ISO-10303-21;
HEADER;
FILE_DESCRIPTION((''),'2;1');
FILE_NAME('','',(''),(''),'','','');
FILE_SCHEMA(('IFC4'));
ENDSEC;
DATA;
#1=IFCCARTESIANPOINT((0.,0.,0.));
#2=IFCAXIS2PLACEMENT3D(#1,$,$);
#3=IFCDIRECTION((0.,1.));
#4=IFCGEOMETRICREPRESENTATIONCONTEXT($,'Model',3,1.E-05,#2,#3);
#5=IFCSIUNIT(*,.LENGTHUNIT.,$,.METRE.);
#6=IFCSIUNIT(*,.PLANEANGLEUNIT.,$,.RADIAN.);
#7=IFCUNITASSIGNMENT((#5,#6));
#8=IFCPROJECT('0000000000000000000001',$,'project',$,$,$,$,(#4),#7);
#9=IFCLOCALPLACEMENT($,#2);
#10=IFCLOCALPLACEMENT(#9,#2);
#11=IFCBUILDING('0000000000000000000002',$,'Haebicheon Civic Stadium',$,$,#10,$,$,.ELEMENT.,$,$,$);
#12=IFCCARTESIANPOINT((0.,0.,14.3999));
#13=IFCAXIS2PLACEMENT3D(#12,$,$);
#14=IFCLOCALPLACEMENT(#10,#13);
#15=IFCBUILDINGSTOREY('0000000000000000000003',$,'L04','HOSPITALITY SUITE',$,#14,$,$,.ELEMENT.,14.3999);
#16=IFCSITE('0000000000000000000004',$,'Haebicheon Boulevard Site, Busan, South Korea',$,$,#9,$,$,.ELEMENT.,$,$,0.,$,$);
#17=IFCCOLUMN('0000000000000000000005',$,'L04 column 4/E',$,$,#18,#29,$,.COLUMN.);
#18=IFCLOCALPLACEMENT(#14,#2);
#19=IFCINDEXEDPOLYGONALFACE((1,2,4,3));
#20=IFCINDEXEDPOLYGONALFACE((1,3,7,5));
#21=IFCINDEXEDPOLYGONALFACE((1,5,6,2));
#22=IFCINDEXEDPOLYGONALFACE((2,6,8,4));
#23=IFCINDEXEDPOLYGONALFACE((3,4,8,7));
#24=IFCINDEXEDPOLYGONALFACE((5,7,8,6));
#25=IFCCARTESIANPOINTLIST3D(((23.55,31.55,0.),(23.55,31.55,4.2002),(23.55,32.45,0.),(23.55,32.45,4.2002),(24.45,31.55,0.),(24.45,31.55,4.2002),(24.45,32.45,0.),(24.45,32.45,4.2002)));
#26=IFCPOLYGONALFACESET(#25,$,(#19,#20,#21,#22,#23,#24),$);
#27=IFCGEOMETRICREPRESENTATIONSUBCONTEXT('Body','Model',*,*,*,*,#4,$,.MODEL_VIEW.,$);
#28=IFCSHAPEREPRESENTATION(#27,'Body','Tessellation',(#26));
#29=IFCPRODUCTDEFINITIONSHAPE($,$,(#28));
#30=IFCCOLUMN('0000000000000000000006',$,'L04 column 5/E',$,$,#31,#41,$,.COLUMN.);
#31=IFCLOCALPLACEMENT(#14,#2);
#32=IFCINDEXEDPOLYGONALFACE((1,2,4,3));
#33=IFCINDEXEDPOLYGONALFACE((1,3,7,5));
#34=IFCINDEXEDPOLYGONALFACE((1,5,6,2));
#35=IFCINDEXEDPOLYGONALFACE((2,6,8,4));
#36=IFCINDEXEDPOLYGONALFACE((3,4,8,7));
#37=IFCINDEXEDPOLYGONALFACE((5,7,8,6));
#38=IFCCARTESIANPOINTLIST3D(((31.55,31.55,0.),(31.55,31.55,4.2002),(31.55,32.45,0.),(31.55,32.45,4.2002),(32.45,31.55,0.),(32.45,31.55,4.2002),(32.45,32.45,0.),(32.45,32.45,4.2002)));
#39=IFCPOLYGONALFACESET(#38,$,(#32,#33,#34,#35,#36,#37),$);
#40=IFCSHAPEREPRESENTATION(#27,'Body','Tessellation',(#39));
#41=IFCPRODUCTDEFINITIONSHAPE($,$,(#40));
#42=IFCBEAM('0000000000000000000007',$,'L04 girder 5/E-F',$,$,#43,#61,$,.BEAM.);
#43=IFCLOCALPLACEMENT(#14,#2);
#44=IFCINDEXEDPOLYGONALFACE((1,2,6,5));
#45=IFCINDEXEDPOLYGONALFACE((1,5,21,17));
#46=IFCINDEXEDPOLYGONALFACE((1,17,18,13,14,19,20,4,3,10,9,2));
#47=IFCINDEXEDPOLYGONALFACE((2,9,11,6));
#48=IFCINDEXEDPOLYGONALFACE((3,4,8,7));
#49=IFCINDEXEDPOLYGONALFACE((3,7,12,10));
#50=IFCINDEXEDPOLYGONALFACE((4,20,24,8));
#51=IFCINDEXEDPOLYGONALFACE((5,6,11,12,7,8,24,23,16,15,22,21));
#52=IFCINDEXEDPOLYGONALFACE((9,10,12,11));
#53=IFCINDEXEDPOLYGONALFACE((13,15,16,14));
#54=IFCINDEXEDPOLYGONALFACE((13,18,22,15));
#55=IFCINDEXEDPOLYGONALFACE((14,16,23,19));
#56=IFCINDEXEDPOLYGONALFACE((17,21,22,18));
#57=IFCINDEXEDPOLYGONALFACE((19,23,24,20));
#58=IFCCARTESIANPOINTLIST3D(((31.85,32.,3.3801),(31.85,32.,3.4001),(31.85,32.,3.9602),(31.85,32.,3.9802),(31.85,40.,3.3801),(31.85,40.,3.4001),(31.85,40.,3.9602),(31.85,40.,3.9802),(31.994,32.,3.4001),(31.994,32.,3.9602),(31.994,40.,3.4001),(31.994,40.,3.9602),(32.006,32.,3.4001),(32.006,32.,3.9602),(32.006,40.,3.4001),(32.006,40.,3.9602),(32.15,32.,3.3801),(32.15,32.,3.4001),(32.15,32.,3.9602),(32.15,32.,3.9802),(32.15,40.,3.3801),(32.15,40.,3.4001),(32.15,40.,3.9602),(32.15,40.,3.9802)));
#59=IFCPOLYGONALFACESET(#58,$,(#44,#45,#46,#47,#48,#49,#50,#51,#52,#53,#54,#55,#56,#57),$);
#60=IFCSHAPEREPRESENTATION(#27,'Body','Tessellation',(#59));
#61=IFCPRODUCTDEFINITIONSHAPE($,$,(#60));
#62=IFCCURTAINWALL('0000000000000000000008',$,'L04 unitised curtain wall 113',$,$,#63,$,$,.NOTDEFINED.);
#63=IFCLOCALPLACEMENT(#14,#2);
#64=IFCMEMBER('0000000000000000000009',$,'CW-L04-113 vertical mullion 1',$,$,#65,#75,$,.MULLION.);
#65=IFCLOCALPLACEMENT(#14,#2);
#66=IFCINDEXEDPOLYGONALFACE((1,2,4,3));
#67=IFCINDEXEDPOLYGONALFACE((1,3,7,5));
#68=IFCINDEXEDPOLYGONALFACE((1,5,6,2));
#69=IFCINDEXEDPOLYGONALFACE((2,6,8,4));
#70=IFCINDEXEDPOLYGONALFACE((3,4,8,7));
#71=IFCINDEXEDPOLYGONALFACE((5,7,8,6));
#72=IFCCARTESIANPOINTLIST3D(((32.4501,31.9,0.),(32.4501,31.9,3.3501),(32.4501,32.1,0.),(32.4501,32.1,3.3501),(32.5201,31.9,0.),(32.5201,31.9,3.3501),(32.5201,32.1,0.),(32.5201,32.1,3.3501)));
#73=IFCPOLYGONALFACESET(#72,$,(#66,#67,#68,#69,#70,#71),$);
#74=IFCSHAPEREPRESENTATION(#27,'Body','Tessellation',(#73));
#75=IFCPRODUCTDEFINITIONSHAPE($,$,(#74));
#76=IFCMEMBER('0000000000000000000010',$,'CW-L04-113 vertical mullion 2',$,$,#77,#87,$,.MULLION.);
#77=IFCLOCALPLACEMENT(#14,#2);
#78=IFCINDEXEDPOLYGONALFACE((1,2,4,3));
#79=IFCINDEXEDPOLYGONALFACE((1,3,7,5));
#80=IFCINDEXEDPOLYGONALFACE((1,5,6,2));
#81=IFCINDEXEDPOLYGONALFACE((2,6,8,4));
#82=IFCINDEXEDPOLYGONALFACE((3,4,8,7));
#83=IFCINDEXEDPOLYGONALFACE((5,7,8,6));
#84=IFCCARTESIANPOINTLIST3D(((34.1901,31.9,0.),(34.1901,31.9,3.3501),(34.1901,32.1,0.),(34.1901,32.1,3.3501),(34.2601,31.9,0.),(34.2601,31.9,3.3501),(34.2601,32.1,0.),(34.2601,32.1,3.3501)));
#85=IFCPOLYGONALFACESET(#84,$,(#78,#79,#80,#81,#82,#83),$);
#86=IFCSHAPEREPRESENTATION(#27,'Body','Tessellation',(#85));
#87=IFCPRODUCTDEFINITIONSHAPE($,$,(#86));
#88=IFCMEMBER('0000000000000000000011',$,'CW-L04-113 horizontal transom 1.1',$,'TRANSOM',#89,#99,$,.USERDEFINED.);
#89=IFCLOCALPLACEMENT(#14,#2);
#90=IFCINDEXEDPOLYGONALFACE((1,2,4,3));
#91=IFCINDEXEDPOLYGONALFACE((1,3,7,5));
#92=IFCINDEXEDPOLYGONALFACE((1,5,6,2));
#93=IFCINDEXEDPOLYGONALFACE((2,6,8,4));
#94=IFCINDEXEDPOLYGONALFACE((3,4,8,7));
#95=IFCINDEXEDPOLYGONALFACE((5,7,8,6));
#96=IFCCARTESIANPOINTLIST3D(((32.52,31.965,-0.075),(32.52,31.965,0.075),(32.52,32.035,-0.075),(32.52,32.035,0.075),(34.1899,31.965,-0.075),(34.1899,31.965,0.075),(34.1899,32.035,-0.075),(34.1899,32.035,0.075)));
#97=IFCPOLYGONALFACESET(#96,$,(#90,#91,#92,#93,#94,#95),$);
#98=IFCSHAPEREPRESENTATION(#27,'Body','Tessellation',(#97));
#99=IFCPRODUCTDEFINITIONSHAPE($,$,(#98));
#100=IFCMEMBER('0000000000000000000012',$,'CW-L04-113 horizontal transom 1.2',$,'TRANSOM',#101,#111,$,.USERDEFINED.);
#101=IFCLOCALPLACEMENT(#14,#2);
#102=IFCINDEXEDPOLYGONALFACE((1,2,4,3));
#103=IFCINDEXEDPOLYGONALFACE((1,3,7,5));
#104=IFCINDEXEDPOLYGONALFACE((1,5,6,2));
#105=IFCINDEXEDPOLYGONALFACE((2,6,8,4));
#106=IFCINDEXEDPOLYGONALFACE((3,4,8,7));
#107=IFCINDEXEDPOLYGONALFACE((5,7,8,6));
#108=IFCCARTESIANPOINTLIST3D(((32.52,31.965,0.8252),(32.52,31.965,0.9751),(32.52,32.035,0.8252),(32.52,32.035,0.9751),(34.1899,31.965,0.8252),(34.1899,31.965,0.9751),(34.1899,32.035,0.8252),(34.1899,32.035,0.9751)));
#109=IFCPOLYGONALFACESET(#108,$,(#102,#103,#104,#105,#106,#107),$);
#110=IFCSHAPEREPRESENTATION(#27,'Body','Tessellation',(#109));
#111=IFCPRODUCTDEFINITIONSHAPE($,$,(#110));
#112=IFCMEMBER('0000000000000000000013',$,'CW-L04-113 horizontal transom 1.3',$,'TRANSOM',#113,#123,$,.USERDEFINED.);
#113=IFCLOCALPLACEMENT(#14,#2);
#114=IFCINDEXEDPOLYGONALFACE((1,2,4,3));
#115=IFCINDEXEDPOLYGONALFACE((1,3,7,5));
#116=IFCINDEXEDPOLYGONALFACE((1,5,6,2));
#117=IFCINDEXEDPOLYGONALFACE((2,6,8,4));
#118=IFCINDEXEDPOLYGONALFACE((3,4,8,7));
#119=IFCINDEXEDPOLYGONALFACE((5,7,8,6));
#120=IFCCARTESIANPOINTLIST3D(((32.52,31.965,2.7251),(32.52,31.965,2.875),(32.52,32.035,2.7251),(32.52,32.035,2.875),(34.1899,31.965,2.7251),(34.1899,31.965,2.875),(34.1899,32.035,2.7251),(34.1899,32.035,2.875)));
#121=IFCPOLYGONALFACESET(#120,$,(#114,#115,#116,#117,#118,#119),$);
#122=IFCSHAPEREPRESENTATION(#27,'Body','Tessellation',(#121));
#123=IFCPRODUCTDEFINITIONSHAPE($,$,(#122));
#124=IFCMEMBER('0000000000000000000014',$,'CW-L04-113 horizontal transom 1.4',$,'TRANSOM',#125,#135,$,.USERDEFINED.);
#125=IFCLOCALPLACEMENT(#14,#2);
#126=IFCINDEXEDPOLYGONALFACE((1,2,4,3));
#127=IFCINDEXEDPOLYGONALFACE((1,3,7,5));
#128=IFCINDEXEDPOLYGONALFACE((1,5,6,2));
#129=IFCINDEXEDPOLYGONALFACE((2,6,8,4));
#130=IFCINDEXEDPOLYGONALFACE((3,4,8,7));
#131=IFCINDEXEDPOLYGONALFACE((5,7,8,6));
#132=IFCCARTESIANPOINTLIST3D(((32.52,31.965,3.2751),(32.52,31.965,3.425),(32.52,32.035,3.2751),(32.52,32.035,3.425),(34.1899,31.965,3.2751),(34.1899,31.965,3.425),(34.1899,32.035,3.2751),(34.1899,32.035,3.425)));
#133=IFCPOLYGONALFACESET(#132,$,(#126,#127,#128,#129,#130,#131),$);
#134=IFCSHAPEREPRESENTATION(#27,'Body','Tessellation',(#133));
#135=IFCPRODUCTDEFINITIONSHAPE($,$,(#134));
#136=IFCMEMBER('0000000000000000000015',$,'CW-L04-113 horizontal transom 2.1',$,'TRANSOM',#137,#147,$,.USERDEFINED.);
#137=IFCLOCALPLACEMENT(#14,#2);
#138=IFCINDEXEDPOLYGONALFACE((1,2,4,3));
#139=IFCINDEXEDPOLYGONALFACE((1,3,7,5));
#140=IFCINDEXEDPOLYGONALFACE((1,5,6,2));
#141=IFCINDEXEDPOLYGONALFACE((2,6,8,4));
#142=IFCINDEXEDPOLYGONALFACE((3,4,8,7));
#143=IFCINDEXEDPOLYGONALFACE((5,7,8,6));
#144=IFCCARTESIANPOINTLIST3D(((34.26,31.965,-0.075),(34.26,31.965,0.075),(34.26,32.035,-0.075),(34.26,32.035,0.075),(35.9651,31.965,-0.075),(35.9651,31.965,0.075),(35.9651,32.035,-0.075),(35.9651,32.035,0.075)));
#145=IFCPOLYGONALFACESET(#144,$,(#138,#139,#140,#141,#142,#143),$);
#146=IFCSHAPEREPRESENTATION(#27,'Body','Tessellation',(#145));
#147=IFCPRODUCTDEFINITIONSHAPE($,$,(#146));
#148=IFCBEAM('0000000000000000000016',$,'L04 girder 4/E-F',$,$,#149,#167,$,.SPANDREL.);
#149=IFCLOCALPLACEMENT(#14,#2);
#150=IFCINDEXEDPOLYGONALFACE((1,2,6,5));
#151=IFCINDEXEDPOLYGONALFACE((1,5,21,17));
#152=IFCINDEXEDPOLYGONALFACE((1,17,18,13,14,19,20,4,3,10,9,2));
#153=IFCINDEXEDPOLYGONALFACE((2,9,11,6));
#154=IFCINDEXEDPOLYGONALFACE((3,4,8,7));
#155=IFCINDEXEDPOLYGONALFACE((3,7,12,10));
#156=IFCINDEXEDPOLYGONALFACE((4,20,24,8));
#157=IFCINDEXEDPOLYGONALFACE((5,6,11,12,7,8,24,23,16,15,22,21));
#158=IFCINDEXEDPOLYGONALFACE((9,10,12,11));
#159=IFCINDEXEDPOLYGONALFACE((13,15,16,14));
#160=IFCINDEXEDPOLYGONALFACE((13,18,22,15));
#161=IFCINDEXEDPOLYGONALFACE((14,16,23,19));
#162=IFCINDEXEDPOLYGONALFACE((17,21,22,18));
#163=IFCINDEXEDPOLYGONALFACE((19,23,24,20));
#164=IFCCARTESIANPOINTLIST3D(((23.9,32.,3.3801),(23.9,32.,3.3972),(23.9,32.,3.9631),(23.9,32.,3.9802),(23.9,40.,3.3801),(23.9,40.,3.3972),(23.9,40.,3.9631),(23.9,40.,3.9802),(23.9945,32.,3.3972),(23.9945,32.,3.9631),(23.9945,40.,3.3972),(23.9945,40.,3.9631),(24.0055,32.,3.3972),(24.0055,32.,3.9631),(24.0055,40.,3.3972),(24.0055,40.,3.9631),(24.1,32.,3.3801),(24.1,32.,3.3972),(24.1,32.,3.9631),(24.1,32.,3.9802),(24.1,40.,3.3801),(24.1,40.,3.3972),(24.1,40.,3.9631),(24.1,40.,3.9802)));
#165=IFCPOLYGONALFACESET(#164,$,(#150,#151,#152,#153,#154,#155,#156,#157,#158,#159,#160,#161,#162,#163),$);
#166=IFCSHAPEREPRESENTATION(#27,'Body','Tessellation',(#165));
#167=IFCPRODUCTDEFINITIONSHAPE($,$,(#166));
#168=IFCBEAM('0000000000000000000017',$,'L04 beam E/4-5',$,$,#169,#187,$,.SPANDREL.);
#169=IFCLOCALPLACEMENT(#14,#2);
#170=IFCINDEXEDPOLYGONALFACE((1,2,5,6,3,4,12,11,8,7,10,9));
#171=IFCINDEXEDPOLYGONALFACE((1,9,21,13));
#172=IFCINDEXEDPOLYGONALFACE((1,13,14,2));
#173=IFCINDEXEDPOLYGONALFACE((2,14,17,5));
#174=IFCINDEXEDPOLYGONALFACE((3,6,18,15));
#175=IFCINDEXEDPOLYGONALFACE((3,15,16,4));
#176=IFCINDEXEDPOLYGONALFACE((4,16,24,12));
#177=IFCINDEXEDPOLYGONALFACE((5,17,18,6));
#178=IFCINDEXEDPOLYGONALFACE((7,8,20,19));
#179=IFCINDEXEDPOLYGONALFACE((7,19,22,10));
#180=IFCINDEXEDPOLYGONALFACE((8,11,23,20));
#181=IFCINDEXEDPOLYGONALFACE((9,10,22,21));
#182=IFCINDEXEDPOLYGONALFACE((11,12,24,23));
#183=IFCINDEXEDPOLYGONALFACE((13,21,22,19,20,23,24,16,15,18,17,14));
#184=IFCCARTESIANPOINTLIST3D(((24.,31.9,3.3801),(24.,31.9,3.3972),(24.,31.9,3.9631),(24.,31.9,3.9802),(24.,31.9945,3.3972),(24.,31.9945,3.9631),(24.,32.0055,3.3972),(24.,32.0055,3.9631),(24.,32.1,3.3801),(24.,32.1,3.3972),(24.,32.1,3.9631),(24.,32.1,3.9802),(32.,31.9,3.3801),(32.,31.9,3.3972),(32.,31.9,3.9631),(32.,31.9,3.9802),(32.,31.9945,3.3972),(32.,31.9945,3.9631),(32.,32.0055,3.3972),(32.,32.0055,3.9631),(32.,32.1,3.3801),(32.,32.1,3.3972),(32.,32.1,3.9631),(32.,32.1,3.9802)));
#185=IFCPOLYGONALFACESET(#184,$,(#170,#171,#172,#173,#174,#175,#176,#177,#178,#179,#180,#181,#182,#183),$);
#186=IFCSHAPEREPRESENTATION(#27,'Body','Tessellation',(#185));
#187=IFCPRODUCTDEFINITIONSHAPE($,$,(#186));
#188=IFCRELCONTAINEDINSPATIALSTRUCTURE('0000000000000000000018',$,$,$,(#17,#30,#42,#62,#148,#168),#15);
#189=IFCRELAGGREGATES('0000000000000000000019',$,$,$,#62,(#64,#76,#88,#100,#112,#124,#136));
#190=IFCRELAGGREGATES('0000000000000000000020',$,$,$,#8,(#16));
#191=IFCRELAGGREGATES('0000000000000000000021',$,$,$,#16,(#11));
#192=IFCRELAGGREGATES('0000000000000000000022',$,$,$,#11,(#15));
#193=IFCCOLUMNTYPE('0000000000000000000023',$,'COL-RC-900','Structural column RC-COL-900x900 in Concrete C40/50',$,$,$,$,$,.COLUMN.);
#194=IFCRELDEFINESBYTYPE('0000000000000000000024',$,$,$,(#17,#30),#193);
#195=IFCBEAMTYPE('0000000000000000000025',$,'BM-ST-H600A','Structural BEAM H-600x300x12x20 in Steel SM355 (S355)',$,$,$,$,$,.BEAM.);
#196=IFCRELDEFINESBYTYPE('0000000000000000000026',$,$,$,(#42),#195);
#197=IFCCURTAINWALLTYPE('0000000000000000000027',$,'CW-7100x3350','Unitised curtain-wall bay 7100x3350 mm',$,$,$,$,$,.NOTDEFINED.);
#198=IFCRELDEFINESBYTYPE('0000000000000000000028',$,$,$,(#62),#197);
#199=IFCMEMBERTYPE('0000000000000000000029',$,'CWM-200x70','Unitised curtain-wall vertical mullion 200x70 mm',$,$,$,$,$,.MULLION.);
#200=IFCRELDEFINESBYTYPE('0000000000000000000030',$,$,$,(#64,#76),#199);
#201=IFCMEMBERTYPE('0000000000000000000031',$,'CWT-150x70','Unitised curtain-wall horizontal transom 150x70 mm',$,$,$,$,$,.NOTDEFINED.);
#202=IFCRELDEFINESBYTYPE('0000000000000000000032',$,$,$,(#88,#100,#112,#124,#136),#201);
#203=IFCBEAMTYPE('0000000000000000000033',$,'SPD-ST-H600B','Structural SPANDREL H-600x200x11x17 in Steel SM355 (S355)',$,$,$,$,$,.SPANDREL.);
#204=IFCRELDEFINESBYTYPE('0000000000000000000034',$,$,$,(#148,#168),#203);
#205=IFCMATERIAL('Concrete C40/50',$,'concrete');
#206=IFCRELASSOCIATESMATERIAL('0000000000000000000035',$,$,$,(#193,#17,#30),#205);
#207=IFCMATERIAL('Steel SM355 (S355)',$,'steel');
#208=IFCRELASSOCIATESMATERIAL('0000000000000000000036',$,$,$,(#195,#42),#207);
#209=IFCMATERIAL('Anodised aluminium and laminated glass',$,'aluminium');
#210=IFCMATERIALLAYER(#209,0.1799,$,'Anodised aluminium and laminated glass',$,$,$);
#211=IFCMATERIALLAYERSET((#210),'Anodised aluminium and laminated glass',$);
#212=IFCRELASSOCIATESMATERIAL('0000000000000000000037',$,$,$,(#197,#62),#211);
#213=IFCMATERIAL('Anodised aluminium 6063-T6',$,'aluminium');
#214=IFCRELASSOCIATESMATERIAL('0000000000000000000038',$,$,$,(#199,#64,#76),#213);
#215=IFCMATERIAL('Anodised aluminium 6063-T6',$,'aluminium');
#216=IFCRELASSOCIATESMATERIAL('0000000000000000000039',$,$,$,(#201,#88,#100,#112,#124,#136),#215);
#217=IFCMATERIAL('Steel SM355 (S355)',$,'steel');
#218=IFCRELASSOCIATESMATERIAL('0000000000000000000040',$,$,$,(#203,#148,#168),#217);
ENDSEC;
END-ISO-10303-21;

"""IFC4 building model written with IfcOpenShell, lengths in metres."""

from ifc_helpers import new_model, si_unit, direction, frame, origin, origin_2d, place, context, subcontext, project, spatial, rectangle, i_section, extrude, material, layer, layer_set, material_profile, profile_set, type_object, element, aggregate, save


model = new_model("IFC4")

# Units and contexts
model_context = context("Model", 3, precision=1e-05, world=origin(), true_north=direction((0.0, 1.0)))
body_context = subcontext(model_context, "Body", "Model", "MODEL_VIEW")
ifc_project = project(units=[si_unit("LENGTHUNIT", "METRE"), si_unit("PLANEANGLEUNIT", "RADIAN")], contexts=[model_context])

# Site, building, storey
site_placement = place(None, origin())
site = spatial("IfcSite", under=ifc_project, at=site_placement, Name="Haebicheon Boulevard Site, Busan, South Korea", CompositionType="ELEMENT", RefElevation=0.0)
building_placement = place(site_placement, origin())
building = spatial("IfcBuilding", under=site, at=building_placement, Name="Haebicheon Civic Stadium", CompositionType="ELEMENT")
storey_placement = place(building_placement, frame((0.0, 0.0, 14.3999)))
storey = spatial("IfcBuildingStorey", under=building, at=storey_placement, Name="L04", Description="HOSPITALITY SUITE", CompositionType="ELEMENT", Elevation=14.3999)

# Columns
ifc_material_1 = material(Name="Concrete C40/50", Category="concrete")
ifc_material_profile_1 = material_profile(ifc_material_1, rectangle(XDim=0.8999, YDim=0.8999, at=origin_2d()), Name="RC-COL-900x900")
ifc_profile_set_1 = profile_set([ifc_material_profile_1], Name="Concrete C40/50")
column_type = type_object("IfcColumnType", Name="COL-RC-900", Description="Structural column RC-COL-900x900 in Concrete C40/50", PredefinedType="COLUMN", material=ifc_profile_set_1)
for number, where, z_axis, x_axis, name in (
    (1, (24.0, 32.0, 0.0), (0.0, 0.0, 1.0), (1.0, 0.0, 0.0), "L04 column 4/E"),
    (2, (32.0, 32.0, 0.0), (0.0, 0.0, 1.0), (1.0, 0.0, 0.0), "L04 column 5/E"),
):
    element("IfcColumn", number, at=place(storey_placement, frame(where, z_axis=z_axis, x_axis=x_axis)), inside=storey, type_object=column_type, material=ifc_profile_set_1, Name=name, PredefinedType="COLUMN", context=body_context, shape_type="SweptSolid", body=[
        extrude(rectangle(XDim=0.8999, YDim=0.8999, at=origin_2d()), origin(), (0.0, 0.0, 1.0), 4.2002),
    ])

# Beam
ifc_material_2 = material(Name="Steel SM355 (S355)", Category="steel")
ifc_material_profile_2 = material_profile(ifc_material_2, i_section(OverallWidth=0.3, OverallDepth=0.6001, WebThickness=0.012, FlangeThickness=0.02, at=origin_2d()), Name="H-600x300x12x20")
ifc_profile_set_2 = profile_set([ifc_material_profile_2], Name="Steel SM355 (S355)")
beam_type_1 = type_object("IfcBeamType", Name="BM-ST-H600A", Description="Structural BEAM H-600x300x12x20 in Steel SM355 (S355)", PredefinedType="BEAM", material=ifc_profile_set_2)
beam_placement = place(storey_placement, frame((32.0, 32.0, 3.6802), z_axis=(0.0, 1.0, 0.0), x_axis=(-1.0, 0.0, 0.0)))
element("IfcBeam", 3, at=beam_placement, inside=storey, type_object=beam_type_1, material=ifc_profile_set_2, Name="L04 girder 5/E-F", PredefinedType="BEAM", context=body_context, shape_type="SweptSolid", body=[
    extrude(i_section(OverallWidth=0.3, OverallDepth=0.6001, WebThickness=0.012, FlangeThickness=0.02, at=origin_2d()), origin(), (0.0, 0.0, 1.0), 8.0),
])

# Curtain wall, members
ifc_material_3 = material(Name="Anodised aluminium and laminated glass", Category="aluminium")
ifc_layer_1 = layer(ifc_material_3, 0.1799, Name="Anodised aluminium and laminated glass")
ifc_layer_set_1 = layer_set([ifc_layer_1], Name="Anodised aluminium and laminated glass")
curtain_wall_type = type_object("IfcCurtainWallType", Name="CW-7100x3350", Description="Unitised curtain-wall bay 7100x3350 mm", PredefinedType="NOTDEFINED", material=ifc_layer_set_1)
curtain_wall_placement = place(storey_placement, origin())
curtain_wall = element("IfcCurtainWall", 4, at=curtain_wall_placement, inside=storey, type_object=curtain_wall_type, material=ifc_layer_set_1, Name="L04 unitised curtain wall 113", PredefinedType="NOTDEFINED")
ifc_material_4 = material(Name="Anodised aluminium 6063-T6", Category="aluminium")
ifc_material_profile_3 = material_profile(ifc_material_4, rectangle(XDim=0.0701, YDim=0.2, at=origin_2d()), Name="ALU-MULL-70x200")
ifc_profile_set_3 = profile_set([ifc_material_profile_3], Name="Anodised aluminium 6063-T6")
member_type_1 = type_object("IfcMemberType", Name="CWM-200x70", Description="Unitised curtain-wall vertical mullion 200x70 mm", PredefinedType="MULLION", material=ifc_profile_set_3)
member_1_placement = place(storey_placement, frame((32.4851, 32.0, 0.0), z_axis=(0.0, 0.0, 1.0), x_axis=(1.0, 0.0, 0.0)))
member_1 = element("IfcMember", 5, at=member_1_placement, type_object=member_type_1, material=ifc_profile_set_3, Name="CW-L04-113 vertical mullion 1", PredefinedType="MULLION", context=body_context, shape_type="SweptSolid", body=[
    extrude(rectangle(XDim=0.0701, YDim=0.2, at=origin_2d()), origin(), (0.0, 0.0, 1.0), 3.3501),
])
member_2_placement = place(storey_placement, frame((34.2251, 32.0, 0.0), z_axis=(0.0, 0.0, 1.0), x_axis=(1.0, 0.0, 0.0)))
member_2 = element("IfcMember", 6, at=member_2_placement, type_object=member_type_1, material=ifc_profile_set_3, Name="CW-L04-113 vertical mullion 2", PredefinedType="MULLION", context=body_context, shape_type="SweptSolid", body=[
    extrude(rectangle(XDim=0.0701, YDim=0.2, at=origin_2d()), origin(), (0.0, 0.0, 1.0), 3.3501),
])
ifc_material_5 = material(Name="Anodised aluminium 6063-T6", Category="aluminium")
ifc_material_profile_4 = material_profile(ifc_material_5, rectangle(XDim=0.0701, YDim=0.1499, at=origin_2d()), Name="ALU-TRAN-70x150")
ifc_profile_set_4 = profile_set([ifc_material_profile_4], Name="Anodised aluminium 6063-T6")
member_type_2 = type_object("IfcMemberType", Name="CWT-150x70", Description="Unitised curtain-wall horizontal transom 150x70 mm", PredefinedType="NOTDEFINED", material=ifc_profile_set_4)
member_3_placement = place(storey_placement, frame((32.52, 32.0, 0.0), z_axis=(1.0, 0.0, 0.0), x_axis=(0.0, 1.0, 0.0)))
member_3 = element("IfcMember", 7, at=member_3_placement, type_object=member_type_2, material=ifc_profile_set_4, Name="CW-L04-113 horizontal transom 1.1", ObjectType="TRANSOM", PredefinedType="USERDEFINED", context=body_context, shape_type="SweptSolid", body=[
    extrude(rectangle(XDim=0.0701, YDim=0.1499, at=origin_2d()), origin(), (0.0, 0.0, 1.0), 1.6699),
])
member_4_placement = place(storey_placement, frame((32.52, 32.0, 0.9001), z_axis=(1.0, 0.0, 0.0), x_axis=(0.0, 1.0, 0.0)))
member_4 = element("IfcMember", 8, at=member_4_placement, type_object=member_type_2, material=ifc_profile_set_4, Name="CW-L04-113 horizontal transom 1.2", ObjectType="TRANSOM", PredefinedType="USERDEFINED", context=body_context, shape_type="SweptSolid", body=[
    extrude(rectangle(XDim=0.0701, YDim=0.1499, at=origin_2d()), origin(), (0.0, 0.0, 1.0), 1.6699),
])
member_5_placement = place(storey_placement, frame((32.52, 32.0, 2.8), z_axis=(1.0, 0.0, 0.0), x_axis=(0.0, 1.0, 0.0)))
member_5 = element("IfcMember", 9, at=member_5_placement, type_object=member_type_2, material=ifc_profile_set_4, Name="CW-L04-113 horizontal transom 1.3", ObjectType="TRANSOM", PredefinedType="USERDEFINED", context=body_context, shape_type="SweptSolid", body=[
    extrude(rectangle(XDim=0.0701, YDim=0.1499, at=origin_2d()), origin(), (0.0, 0.0, 1.0), 1.6699),
])
member_6_placement = place(storey_placement, frame((32.52, 32.0, 3.3501), z_axis=(1.0, 0.0, 0.0), x_axis=(0.0, 1.0, 0.0)))
member_6 = element("IfcMember", 10, at=member_6_placement, type_object=member_type_2, material=ifc_profile_set_4, Name="CW-L04-113 horizontal transom 1.4", ObjectType="TRANSOM", PredefinedType="USERDEFINED", context=body_context, shape_type="SweptSolid", body=[
    extrude(rectangle(XDim=0.0701, YDim=0.1499, at=origin_2d()), origin(), (0.0, 0.0, 1.0), 1.6699),
])
member_7_placement = place(storey_placement, frame((34.26, 32.0, 0.0), z_axis=(1.0, 0.0, 0.0), x_axis=(0.0, 1.0, 0.0)))
member_7 = element("IfcMember", 11, at=member_7_placement, type_object=member_type_2, material=ifc_profile_set_4, Name="CW-L04-113 horizontal transom 2.1", ObjectType="TRANSOM", PredefinedType="USERDEFINED", context=body_context, shape_type="SweptSolid", body=[
    extrude(rectangle(XDim=0.0701, YDim=0.1499, at=origin_2d()), origin(), (0.0, 0.0, 1.0), 1.7051),
])

# Beams
ifc_material_6 = material(Name="Steel SM355 (S355)", Category="steel")
ifc_material_profile_5 = material_profile(ifc_material_6, i_section(OverallWidth=0.2, OverallDepth=0.6001, WebThickness=0.011, FlangeThickness=0.0171, at=origin_2d()), Name="H-600x200x11x17")
ifc_profile_set_5 = profile_set([ifc_material_profile_5], Name="Steel SM355 (S355)")
beam_type_2 = type_object("IfcBeamType", Name="SPD-ST-H600B", Description="Structural SPANDREL H-600x200x11x17 in Steel SM355 (S355)", PredefinedType="SPANDREL", material=ifc_profile_set_5)
for number, where, z_axis, x_axis, name in (
    (12, (24.0, 32.0, 3.6802), (0.0, 1.0, 0.0), (-1.0, 0.0, 0.0), "L04 girder 4/E-F"),
    (13, (24.0, 32.0, 3.6802), (1.0, 0.0, 0.0), (0.0, 1.0, 0.0), "L04 beam E/4-5"),
):
    element("IfcBeam", number, at=place(storey_placement, frame(where, z_axis=z_axis, x_axis=x_axis)), inside=storey, type_object=beam_type_2, material=ifc_profile_set_5, Name=name, PredefinedType="SPANDREL", context=body_context, shape_type="SweptSolid", body=[
        extrude(i_section(OverallWidth=0.2, OverallDepth=0.6001, WebThickness=0.011, FlangeThickness=0.0171, at=origin_2d()), origin(), (0.0, 0.0, 1.0), 8.0),
    ])

aggregate(curtain_wall, [member_1, member_2, member_3, member_4, member_5, member_6, member_7])

save(model, "model.ifc")
